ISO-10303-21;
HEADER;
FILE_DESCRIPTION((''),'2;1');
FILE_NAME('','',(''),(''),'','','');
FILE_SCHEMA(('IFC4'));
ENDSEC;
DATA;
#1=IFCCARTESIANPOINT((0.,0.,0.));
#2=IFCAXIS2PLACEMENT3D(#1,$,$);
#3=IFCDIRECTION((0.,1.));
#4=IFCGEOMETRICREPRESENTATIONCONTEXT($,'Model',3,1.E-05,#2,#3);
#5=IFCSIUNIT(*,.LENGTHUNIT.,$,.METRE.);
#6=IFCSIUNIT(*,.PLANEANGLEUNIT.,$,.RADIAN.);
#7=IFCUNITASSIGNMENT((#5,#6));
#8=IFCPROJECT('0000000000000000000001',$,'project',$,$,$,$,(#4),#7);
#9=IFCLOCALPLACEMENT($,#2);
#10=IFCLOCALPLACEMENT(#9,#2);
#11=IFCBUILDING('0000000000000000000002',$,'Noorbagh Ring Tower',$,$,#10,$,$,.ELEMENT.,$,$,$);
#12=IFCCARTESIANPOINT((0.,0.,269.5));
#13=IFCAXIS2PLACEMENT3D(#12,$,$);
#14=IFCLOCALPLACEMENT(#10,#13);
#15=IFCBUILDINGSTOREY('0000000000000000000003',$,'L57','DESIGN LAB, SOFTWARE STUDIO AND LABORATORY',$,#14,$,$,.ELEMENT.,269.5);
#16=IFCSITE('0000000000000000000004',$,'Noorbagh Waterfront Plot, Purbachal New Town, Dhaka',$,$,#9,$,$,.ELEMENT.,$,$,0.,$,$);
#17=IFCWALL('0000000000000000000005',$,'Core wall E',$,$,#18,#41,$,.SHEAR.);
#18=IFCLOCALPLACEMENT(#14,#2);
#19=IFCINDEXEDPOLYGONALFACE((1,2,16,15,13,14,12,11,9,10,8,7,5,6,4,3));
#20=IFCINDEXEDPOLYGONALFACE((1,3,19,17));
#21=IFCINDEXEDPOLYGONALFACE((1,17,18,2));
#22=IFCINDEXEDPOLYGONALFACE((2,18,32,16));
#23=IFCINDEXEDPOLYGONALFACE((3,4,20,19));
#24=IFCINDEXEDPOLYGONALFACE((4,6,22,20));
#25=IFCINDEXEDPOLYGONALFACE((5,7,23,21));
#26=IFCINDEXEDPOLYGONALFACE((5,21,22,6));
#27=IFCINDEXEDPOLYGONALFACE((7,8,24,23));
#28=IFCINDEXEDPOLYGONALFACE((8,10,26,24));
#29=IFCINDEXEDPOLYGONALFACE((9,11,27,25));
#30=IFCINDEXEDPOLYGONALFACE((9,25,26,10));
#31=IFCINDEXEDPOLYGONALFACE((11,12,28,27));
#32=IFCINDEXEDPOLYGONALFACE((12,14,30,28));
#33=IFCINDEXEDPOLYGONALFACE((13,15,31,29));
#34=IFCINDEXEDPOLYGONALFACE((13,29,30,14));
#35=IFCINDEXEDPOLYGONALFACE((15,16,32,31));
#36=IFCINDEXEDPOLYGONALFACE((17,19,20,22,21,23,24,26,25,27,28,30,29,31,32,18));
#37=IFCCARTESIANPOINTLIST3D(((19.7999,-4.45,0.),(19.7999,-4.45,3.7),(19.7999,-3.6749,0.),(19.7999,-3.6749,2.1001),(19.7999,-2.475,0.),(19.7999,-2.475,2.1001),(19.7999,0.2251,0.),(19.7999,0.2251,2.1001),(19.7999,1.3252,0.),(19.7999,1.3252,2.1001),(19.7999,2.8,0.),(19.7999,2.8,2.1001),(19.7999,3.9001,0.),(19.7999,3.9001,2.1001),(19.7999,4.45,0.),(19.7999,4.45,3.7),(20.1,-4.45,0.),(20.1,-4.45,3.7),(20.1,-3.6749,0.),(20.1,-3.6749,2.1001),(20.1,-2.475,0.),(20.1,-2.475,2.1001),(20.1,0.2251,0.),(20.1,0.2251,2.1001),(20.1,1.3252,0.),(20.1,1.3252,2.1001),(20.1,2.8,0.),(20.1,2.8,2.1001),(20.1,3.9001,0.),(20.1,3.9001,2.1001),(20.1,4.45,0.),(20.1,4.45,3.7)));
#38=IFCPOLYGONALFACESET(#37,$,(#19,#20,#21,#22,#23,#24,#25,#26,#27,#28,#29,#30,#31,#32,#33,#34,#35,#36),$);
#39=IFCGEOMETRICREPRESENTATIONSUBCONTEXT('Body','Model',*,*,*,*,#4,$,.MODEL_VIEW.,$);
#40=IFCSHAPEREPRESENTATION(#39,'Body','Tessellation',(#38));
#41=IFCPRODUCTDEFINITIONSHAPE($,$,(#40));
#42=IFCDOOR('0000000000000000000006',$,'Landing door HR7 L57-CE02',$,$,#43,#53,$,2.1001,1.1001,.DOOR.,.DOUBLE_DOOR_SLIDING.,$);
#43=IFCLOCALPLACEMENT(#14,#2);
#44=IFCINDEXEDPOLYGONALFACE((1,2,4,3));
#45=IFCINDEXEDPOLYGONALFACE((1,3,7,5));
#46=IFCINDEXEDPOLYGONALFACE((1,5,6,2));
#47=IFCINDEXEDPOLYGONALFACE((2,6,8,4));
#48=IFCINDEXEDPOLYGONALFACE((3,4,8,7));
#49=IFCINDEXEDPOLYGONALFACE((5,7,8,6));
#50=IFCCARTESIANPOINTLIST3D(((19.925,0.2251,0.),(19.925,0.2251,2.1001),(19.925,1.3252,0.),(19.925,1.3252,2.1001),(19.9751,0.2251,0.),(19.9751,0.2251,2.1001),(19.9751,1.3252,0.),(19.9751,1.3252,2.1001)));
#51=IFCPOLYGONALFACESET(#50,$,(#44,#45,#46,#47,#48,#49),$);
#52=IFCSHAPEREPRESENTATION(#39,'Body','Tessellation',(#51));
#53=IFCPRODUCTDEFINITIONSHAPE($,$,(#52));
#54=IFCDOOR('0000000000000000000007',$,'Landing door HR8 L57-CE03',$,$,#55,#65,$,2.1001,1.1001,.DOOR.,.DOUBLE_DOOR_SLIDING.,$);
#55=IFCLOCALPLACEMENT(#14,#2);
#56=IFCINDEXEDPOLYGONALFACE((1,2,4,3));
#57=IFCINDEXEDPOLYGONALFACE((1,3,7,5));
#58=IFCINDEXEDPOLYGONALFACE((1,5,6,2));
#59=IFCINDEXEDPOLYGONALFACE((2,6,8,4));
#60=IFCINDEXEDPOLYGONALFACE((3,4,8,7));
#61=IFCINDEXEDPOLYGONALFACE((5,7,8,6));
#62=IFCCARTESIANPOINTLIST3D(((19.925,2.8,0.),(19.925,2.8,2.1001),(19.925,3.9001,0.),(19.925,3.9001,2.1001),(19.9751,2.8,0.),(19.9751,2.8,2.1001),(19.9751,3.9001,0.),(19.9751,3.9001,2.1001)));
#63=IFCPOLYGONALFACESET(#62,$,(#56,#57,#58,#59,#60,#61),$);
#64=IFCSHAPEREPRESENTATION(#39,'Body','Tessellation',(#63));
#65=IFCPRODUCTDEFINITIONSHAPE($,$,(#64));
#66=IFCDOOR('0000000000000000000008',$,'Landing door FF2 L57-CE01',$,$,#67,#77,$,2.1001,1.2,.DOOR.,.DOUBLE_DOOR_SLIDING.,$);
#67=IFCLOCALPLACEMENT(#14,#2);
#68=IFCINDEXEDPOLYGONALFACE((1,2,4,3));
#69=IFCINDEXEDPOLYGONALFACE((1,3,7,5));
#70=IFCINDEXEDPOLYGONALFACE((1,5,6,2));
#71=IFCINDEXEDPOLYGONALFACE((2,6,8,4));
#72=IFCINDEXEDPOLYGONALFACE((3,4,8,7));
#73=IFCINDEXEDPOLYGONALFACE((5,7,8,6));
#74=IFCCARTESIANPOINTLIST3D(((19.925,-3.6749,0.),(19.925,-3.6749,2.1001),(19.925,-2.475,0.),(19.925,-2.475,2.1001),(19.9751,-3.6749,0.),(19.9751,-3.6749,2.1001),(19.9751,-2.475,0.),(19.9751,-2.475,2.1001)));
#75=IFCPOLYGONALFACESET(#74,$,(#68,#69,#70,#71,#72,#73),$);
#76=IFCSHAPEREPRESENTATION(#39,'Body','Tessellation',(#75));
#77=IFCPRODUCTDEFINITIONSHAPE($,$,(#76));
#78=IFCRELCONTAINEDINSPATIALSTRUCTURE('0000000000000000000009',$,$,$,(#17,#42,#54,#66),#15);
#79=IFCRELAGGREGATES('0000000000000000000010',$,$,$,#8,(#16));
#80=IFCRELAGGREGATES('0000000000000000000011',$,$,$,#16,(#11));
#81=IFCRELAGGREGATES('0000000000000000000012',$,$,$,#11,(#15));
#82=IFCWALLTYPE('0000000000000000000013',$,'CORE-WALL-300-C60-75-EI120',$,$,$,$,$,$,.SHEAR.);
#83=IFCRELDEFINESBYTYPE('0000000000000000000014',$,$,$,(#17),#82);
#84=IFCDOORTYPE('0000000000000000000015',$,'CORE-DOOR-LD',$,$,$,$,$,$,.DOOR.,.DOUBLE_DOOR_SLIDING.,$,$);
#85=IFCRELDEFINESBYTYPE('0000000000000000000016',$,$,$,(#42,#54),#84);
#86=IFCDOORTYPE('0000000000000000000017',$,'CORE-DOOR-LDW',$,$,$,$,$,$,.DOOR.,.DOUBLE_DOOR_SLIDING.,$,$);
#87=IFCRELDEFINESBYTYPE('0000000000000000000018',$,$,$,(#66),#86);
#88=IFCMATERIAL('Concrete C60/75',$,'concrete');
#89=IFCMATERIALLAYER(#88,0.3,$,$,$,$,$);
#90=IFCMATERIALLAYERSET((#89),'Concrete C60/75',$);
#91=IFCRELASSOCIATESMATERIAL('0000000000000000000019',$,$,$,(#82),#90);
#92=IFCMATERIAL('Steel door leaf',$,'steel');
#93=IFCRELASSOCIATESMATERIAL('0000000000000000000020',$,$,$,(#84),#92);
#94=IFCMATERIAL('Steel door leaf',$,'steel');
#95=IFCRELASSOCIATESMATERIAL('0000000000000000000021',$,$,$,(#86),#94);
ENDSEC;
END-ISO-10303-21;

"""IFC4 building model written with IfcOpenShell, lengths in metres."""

from ifc_helpers import new_model, si_unit, direction, frame, frame_2d, origin, place, context, subcontext, project, spatial, rectangle, extrude, material, layer, layer_set, type_object, element, fill, save


model = new_model("IFC4")

# Units and contexts
model_context = context("Model", 3, precision=1e-05, world=origin(), true_north=direction((0.0, 1.0)))
body_context = subcontext(model_context, "Body", "Model", "MODEL_VIEW")
ifc_project = project(units=[si_unit("LENGTHUNIT", "METRE"), si_unit("PLANEANGLEUNIT", "RADIAN")], contexts=[model_context])

# Site, building, storey
site_placement = place(None, origin())
site = spatial("IfcSite", under=ifc_project, at=site_placement, Name="Noorbagh Waterfront Plot, Purbachal New Town, Dhaka", CompositionType="ELEMENT", RefElevation=0.0)
building_placement = place(site_placement, origin())
building = spatial("IfcBuilding", under=site, at=building_placement, Name="Noorbagh Ring Tower", CompositionType="ELEMENT")
storey_placement = place(building_placement, frame((0.0, 0.0, 269.5)))
storey = spatial("IfcBuildingStorey", under=building, at=storey_placement, Name="L57", Description="DESIGN LAB, SOFTWARE STUDIO AND LABORATORY", CompositionType="ELEMENT", Elevation=269.5)

# Shared definitions
ifc_material_1 = material(Name="Concrete C60/75", Category="concrete")
ifc_layer_1 = layer(ifc_material_1, 0.3)
ifc_layer_set_1 = layer_set([ifc_layer_1], Name="Concrete C60/75")
wall_type_1 = type_object("IfcWallType", Name="CORE-WALL-300-C60-75-EI120", PredefinedType="SHEAR", material=ifc_layer_set_1)

# Wall, openings, doors
wall_1_placement = place(storey_placement, frame((19.95, -4.45, 0.0), z_axis=(0.0, 0.0, 1.0), x_axis=(0.0, 1.0, 0.0)))
wall_1 = element("IfcWall", 1, at=wall_1_placement, inside=storey, type_object=wall_type_1, Name="Core wall E", PredefinedType="SHEAR", context=body_context, shape_type="SweptSolid", body=[
    extrude(rectangle(XDim=8.8999, YDim=0.3, at=frame_2d((4.45, 0.0))), origin(), (0.0, 0.0, 1.0), 3.7),
])
opening_1_placement = place(wall_1_placement, frame((0.7749, 0.0, 0.0)))
opening_1 = element("IfcOpeningElement", 2, at=opening_1_placement, cuts=wall_1, PredefinedType="OPENING", context=body_context, shape_type="SweptSolid", body=[
    extrude(rectangle(XDim=1.2, YDim=2.1001, at=frame_2d((0.6001, 1.05))), frame((0.0, 0.1602, 0.0), z_axis=(0.0, -1.0, 0.0), x_axis=(1.0, 0.0, 0.0)), (0.0, 0.0, 1.0), 0.3201),
])
opening_2_placement = place(wall_1_placement, frame((4.675, 0.0, 0.0)))
opening_2 = element("IfcOpeningElement", 3, at=opening_2_placement, cuts=wall_1, PredefinedType="OPENING", context=body_context, shape_type="SweptSolid", body=[
    extrude(rectangle(XDim=1.1001, YDim=2.1001, at=frame_2d((0.55, 1.05))), frame((0.0, 0.1602, 0.0), z_axis=(0.0, -1.0, 0.0), x_axis=(1.0, 0.0, 0.0)), (0.0, 0.0, 1.0), 0.3201),
])
opening_3_placement = place(wall_1_placement, frame((7.25, 0.0, 0.0)))
opening_3 = element("IfcOpeningElement", 4, at=opening_3_placement, cuts=wall_1, PredefinedType="OPENING", context=body_context, shape_type="SweptSolid", body=[
    extrude(rectangle(XDim=1.1001, YDim=2.1001, at=frame_2d((0.55, 1.05))), frame((0.0, 0.1602, 0.0), z_axis=(0.0, -1.0, 0.0), x_axis=(1.0, 0.0, 0.0)), (0.0, 0.0, 1.0), 0.3201),
])
ifc_material_2 = material(Name="Steel door leaf", Category="steel")
door_type_1 = type_object("IfcDoorType", Name="CORE-DOOR-LD", OperationType="DOUBLE_DOOR_SLIDING", PredefinedType="DOOR", material=ifc_material_2)
door_1_placement = place(opening_2_placement, origin())
door_1 = element("IfcDoor", 5, at=door_1_placement, inside=storey, type_object=door_type_1, Name="Landing door HR7 L57-CE02", OperationType="DOUBLE_DOOR_SLIDING", OverallHeight=2.1001, OverallWidth=1.1001, PredefinedType="DOOR", context=body_context, shape_type="SweptSolid", body=[
    extrude(rectangle(XDim=1.1001, YDim=2.1001, at=frame_2d((0.55, 1.05))), frame((0.0, 0.0249, 0.0), z_axis=(0.0, -1.0, 0.0), x_axis=(1.0, 0.0, 0.0)), (0.0, 0.0, 1.0), 0.05),
])
fill(opening_2, door_1)
door_2_placement = place(opening_3_placement, origin())
door_2 = element("IfcDoor", 6, at=door_2_placement, inside=storey, type_object=door_type_1, Name="Landing door HR8 L57-CE03", OperationType="DOUBLE_DOOR_SLIDING", OverallHeight=2.1001, OverallWidth=1.1001, PredefinedType="DOOR", context=body_context, shape_type="SweptSolid", body=[
    extrude(rectangle(XDim=1.1001, YDim=2.1001, at=frame_2d((0.55, 1.05))), frame((0.0, 0.0249, 0.0), z_axis=(0.0, -1.0, 0.0), x_axis=(1.0, 0.0, 0.0)), (0.0, 0.0, 1.0), 0.05),
])
fill(opening_3, door_2)
ifc_material_3 = material(Name="Steel door leaf", Category="steel")
door_type_2 = type_object("IfcDoorType", Name="CORE-DOOR-LDW", OperationType="DOUBLE_DOOR_SLIDING", PredefinedType="DOOR", material=ifc_material_3)
door_3_placement = place(opening_1_placement, origin())
door_3 = element("IfcDoor", 7, at=door_3_placement, inside=storey, type_object=door_type_2, Name="Landing door FF2 L57-CE01", OperationType="DOUBLE_DOOR_SLIDING", OverallHeight=2.1001, OverallWidth=1.2, PredefinedType="DOOR", context=body_context, shape_type="SweptSolid", body=[
    extrude(rectangle(XDim=1.2, YDim=2.1001, at=frame_2d((0.6001, 1.05))), frame((0.0, 0.0249, 0.0), z_axis=(0.0, -1.0, 0.0), x_axis=(1.0, 0.0, 0.0)), (0.0, 0.0, 1.0), 0.05),
])
fill(opening_1, door_3)

save(model, "model.ifc")
